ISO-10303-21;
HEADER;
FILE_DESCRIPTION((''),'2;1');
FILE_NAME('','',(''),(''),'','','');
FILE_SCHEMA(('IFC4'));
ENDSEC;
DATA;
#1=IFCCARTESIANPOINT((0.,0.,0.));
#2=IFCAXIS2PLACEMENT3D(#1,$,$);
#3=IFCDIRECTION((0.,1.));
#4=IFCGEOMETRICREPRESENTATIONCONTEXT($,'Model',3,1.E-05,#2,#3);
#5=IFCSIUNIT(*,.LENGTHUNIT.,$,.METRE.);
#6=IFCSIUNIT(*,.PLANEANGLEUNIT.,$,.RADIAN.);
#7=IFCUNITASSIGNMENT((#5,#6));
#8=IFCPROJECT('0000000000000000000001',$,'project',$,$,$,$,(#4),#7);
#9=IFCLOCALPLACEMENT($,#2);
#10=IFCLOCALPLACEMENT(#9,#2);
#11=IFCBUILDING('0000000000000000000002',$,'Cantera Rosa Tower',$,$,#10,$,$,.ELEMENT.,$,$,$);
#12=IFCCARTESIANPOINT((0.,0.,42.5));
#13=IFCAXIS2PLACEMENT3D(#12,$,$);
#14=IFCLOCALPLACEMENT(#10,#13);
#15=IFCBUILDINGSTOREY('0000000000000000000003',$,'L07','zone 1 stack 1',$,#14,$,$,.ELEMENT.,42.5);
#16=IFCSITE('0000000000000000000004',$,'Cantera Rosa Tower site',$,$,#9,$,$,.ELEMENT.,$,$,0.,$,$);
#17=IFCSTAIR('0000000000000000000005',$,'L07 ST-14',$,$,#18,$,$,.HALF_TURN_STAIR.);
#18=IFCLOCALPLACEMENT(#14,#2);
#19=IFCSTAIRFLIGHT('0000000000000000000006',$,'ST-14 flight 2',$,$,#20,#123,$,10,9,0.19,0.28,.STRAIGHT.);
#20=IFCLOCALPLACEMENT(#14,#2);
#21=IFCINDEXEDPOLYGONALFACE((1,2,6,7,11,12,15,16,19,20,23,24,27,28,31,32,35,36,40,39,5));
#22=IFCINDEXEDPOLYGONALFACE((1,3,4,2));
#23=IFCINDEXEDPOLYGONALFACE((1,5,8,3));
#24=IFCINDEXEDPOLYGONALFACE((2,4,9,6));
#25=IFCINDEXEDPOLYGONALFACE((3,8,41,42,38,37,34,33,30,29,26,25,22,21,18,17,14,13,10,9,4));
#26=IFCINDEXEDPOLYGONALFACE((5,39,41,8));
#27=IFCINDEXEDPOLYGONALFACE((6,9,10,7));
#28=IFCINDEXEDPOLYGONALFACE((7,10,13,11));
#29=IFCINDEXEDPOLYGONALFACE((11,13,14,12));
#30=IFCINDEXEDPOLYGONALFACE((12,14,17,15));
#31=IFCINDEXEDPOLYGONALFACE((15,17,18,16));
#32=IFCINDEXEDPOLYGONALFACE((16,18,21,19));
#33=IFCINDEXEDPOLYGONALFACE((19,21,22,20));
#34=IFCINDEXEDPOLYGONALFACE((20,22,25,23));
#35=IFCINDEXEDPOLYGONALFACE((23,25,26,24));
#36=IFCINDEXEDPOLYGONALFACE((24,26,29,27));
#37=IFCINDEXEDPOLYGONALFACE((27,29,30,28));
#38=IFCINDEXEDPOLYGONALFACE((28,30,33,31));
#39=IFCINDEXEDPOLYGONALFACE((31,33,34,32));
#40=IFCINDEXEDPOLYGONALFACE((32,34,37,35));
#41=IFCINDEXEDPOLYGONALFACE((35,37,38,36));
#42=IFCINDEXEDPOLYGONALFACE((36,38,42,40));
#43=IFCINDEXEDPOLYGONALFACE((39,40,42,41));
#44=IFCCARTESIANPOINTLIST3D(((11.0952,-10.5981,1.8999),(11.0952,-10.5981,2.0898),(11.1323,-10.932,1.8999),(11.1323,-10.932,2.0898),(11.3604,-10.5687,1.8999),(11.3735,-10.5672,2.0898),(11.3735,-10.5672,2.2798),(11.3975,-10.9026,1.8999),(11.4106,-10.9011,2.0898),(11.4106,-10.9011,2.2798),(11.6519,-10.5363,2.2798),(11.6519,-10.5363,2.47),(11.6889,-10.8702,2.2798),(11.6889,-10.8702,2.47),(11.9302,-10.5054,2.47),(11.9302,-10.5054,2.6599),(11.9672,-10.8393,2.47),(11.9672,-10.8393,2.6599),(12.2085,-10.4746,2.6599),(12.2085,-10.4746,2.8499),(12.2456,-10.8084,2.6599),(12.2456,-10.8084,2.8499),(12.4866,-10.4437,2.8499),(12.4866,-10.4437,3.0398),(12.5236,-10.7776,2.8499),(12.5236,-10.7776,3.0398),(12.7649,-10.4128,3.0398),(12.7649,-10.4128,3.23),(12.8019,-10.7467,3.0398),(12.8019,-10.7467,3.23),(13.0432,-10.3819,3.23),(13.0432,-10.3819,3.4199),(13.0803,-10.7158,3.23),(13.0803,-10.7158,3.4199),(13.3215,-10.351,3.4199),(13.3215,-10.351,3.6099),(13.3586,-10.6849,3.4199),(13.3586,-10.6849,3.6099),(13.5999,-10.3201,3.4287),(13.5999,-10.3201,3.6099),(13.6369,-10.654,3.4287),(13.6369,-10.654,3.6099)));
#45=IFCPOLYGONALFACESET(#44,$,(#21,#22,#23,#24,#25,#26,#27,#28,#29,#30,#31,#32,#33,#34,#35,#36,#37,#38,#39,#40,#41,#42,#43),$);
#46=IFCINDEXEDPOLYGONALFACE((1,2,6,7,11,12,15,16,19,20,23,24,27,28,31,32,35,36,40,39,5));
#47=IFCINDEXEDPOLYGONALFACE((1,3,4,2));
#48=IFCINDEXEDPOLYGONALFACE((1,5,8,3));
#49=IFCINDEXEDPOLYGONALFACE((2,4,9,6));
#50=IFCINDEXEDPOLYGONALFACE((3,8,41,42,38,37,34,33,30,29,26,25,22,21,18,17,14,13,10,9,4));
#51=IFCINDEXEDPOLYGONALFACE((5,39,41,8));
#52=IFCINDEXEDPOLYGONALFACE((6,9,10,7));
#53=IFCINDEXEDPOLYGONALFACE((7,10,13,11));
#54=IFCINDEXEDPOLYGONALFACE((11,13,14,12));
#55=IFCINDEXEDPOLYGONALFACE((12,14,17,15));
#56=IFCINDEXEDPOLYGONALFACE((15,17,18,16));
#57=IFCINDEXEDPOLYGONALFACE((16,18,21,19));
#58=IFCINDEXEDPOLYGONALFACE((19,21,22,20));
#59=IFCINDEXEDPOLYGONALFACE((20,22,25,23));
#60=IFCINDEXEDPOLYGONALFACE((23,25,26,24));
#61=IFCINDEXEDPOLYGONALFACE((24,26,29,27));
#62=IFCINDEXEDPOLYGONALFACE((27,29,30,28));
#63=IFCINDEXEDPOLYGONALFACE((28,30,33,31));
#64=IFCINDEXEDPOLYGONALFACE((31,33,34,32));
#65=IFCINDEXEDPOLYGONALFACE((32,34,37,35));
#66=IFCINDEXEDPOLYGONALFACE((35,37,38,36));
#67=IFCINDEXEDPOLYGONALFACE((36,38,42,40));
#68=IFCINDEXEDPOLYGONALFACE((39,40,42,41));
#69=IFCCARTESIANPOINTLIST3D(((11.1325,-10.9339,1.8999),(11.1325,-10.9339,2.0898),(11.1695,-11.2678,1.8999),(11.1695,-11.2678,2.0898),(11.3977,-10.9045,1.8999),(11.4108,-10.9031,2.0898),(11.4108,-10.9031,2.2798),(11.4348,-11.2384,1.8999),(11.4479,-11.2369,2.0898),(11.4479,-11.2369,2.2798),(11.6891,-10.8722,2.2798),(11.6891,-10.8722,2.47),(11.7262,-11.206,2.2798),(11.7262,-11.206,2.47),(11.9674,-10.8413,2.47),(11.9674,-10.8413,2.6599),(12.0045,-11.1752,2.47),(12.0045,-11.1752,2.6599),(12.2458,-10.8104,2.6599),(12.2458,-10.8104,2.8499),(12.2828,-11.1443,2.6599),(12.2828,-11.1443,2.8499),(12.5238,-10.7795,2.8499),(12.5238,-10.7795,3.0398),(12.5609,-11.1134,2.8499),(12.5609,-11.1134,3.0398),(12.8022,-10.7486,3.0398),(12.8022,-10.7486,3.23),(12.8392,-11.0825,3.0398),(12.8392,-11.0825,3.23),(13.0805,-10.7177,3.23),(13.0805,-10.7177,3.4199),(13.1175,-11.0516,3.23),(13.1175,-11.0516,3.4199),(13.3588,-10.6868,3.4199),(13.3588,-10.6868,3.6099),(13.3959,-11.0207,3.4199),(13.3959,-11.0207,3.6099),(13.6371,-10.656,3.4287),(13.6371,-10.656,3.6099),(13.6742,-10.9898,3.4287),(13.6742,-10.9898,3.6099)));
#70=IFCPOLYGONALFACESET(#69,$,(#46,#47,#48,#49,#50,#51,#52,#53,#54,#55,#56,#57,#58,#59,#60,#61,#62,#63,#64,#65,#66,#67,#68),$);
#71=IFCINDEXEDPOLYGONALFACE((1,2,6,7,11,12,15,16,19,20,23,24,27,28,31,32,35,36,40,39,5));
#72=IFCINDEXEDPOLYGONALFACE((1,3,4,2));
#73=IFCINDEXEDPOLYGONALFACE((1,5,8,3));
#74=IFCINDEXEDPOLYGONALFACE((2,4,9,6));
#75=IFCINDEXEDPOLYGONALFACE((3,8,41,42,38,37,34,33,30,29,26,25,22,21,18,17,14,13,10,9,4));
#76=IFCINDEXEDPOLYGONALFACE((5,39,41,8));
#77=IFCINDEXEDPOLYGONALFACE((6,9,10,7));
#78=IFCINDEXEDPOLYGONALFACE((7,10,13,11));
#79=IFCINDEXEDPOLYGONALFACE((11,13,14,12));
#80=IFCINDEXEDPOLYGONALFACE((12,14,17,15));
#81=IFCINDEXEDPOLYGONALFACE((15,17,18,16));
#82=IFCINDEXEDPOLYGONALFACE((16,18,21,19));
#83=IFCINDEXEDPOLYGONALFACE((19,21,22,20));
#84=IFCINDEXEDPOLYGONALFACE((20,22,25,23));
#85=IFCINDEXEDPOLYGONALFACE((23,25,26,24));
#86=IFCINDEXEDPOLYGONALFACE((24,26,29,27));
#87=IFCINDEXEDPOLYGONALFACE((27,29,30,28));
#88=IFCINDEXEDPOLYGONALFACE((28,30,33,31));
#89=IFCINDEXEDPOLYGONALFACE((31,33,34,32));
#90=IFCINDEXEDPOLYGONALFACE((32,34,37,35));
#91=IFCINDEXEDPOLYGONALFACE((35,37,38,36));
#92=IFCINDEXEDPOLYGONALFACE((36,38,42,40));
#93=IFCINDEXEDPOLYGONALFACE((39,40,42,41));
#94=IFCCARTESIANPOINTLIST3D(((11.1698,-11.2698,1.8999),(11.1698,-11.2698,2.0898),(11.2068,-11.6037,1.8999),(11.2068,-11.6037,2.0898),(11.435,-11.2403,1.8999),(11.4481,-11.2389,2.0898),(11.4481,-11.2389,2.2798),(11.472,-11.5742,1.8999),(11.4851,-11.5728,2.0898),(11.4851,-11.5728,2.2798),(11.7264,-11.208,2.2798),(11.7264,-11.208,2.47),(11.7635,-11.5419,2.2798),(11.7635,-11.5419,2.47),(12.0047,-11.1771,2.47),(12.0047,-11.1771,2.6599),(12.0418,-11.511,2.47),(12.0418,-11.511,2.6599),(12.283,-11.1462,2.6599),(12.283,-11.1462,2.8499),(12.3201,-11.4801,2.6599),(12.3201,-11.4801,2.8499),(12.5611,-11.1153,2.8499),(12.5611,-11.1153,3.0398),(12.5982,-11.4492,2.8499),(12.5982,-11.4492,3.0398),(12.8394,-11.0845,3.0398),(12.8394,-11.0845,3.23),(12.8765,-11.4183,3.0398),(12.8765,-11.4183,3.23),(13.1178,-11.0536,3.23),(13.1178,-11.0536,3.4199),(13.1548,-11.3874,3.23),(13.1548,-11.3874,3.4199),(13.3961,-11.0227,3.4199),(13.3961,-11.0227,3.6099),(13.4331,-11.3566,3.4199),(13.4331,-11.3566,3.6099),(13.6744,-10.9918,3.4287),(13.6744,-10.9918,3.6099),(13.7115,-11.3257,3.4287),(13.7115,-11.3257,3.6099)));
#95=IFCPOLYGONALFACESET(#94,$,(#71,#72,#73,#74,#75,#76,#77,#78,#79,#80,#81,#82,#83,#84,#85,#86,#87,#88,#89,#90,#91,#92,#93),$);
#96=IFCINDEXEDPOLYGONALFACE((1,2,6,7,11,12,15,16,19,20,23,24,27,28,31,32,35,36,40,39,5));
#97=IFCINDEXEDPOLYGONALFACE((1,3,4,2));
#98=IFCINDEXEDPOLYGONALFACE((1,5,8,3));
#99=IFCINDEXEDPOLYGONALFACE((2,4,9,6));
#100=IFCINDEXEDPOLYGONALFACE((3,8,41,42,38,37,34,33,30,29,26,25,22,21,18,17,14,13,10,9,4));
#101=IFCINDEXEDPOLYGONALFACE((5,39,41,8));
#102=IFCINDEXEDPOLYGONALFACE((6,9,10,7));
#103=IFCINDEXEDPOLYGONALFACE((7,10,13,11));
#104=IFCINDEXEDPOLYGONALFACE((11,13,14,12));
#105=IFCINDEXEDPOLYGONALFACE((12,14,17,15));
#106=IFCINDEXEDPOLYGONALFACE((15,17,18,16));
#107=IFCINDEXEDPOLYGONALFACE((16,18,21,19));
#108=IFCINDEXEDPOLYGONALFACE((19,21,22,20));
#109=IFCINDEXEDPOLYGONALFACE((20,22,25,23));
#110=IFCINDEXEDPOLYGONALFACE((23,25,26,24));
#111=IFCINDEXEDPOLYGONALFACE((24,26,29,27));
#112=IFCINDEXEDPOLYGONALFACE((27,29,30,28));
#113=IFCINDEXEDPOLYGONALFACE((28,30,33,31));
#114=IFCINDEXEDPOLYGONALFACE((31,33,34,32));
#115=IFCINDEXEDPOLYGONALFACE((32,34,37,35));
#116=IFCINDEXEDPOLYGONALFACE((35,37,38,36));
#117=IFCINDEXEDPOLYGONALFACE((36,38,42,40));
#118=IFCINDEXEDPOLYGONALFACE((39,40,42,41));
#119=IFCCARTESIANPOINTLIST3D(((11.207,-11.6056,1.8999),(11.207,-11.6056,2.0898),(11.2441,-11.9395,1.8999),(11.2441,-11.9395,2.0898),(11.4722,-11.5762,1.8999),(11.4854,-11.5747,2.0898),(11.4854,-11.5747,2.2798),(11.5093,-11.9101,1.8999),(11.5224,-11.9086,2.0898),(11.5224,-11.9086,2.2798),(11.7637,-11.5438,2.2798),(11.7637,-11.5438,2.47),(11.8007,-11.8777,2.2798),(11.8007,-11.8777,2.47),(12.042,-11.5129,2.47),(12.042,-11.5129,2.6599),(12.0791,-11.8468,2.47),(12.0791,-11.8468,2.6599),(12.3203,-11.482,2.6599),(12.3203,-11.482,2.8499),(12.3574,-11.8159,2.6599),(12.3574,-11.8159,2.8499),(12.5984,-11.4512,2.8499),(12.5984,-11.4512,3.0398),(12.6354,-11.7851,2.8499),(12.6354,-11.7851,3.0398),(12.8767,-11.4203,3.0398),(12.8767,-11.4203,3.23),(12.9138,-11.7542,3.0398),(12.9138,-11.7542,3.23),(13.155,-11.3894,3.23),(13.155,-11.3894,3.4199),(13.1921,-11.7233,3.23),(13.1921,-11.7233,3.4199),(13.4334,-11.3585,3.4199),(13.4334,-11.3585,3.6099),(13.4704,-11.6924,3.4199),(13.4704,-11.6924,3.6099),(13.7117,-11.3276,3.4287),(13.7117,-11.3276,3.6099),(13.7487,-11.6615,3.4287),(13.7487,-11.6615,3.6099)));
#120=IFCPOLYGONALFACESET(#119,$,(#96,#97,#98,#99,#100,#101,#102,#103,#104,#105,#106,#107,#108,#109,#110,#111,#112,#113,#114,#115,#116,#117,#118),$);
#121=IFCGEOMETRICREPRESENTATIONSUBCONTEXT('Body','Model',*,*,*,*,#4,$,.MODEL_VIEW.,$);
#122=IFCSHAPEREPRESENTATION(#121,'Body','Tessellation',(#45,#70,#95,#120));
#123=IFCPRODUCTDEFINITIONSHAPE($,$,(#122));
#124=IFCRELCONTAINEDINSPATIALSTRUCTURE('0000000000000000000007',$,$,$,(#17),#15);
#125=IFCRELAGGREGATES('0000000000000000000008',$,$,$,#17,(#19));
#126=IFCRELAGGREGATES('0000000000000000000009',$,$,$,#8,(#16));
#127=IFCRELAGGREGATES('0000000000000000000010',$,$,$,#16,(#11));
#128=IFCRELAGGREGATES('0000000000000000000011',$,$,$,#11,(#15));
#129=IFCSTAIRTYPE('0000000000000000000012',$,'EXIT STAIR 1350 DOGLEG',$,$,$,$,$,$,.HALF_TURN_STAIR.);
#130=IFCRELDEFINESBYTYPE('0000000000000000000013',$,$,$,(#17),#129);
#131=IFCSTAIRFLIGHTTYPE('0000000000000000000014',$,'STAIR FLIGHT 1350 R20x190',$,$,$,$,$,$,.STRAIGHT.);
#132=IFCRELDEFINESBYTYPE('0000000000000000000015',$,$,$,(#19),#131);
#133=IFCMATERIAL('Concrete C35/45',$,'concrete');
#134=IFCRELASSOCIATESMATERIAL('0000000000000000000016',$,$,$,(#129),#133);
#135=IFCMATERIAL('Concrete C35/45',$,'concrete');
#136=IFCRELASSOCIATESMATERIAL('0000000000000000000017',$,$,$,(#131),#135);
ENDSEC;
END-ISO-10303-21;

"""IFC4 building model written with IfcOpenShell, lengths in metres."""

from ifc_helpers import new_model, si_unit, direction, frame, origin, place, context, subcontext, project, spatial, polyline, outline, extrude, material, type_object, element, aggregate, save


model = new_model("IFC4")

# Units and contexts
model_context = context("Model", 3, precision=1e-05, world=origin(), true_north=direction((0.0, 1.0)))
body_context = subcontext(model_context, "Body", "Model", "MODEL_VIEW")
ifc_project = project(units=[si_unit("LENGTHUNIT", "METRE"), si_unit("PLANEANGLEUNIT", "RADIAN")], contexts=[model_context])

# Site, building, storey
site_placement = place(None, origin())
site = spatial("IfcSite", under=ifc_project, at=site_placement, Name="Cantera Rosa Tower site", CompositionType="ELEMENT", RefElevation=0.0)
building_placement = place(site_placement, origin())
building = spatial("IfcBuilding", under=site, at=building_placement, Name="Cantera Rosa Tower", CompositionType="ELEMENT")
storey_placement = place(building_placement, frame((0.0, 0.0, 42.5)))
storey = spatial("IfcBuildingStorey", under=building, at=storey_placement, Name="L07", Description="zone 1 stack 1", CompositionType="ELEMENT", Elevation=42.5)

# Stair, stair flight
ifc_material_1 = material(Name="Concrete C35/45", Category="concrete")
stair_type = type_object("IfcStairType", Name="EXIT STAIR 1350 DOGLEG", PredefinedType="HALF_TURN_STAIR", material=ifc_material_1)
stair_placement = place(storey_placement, origin())
stair = element("IfcStair", 1, at=stair_placement, inside=storey, type_object=stair_type, Name="L07 ST-14", PredefinedType="HALF_TURN_STAIR")
ifc_material_2 = material(Name="Concrete C35/45", Category="concrete")
stair_flight_type = type_object("IfcStairFlightType", Name="STAIR FLIGHT 1350 R20x190", PredefinedType="STRAIGHT", material=ifc_material_2)
stair_flight_placement = place(storey_placement, frame((11.1697, -11.269, 1.8999), z_axis=(0.0, 0.0, 1.0), x_axis=(0.993897, 0.110313, 0.0)))
stair_flight = element("IfcStairFlight", 2, at=stair_flight_placement, type_object=stair_flight_type, Name="ST-14 flight 2", NumberOfRisers=10, NumberOfTreads=9, PredefinedType="STRAIGHT", RiserHeight=0.19, TreadLength=0.28, context=body_context, shape_type="SweptSolid", body=[
    extrude(outline(polyline([(0.0, 0.0), (0.0, 0.1899), (0.28, 0.1899), (0.28, 0.3799), (0.5601, 0.3799), (0.5601, 0.5701), (0.8401, 0.5701), (0.8401, 0.76), (1.1201, 0.76), (1.1201, 0.95), (1.3999, 0.95), (1.3999, 1.1399), (1.6799, 1.1399), (1.6799, 1.3301), (1.96, 1.3301), (1.96, 1.52), (2.24, 1.52), (2.24, 1.71), (2.52, 1.71), (2.52, 1.8999), (2.52, 1.5288), (0.2668, 0.0), (0.0, 0.0)])), frame((0.0, 0.675, 0.0), z_axis=(0.0, -1.0, 0.0), x_axis=(1.0, 0.0, 0.0)), (0.0, 0.0, 1.0), 0.3359),
    extrude(outline(polyline([(0.0, 0.0), (0.0, 0.1899), (0.28, 0.1899), (0.28, 0.3799), (0.5601, 0.3799), (0.5601, 0.5701), (0.8401, 0.5701), (0.8401, 0.76), (1.1201, 0.76), (1.1201, 0.95), (1.3999, 0.95), (1.3999, 1.1399), (1.6799, 1.1399), (1.6799, 1.3301), (1.96, 1.3301), (1.96, 1.52), (2.24, 1.52), (2.24, 1.71), (2.52, 1.71), (2.52, 1.8999), (2.52, 1.5288), (0.2668, 0.0), (0.0, 0.0)])), frame((0.0, 0.3372, 0.0), z_axis=(0.0, -1.0, 0.0), x_axis=(1.0, 0.0, 0.0)), (0.0, 0.0, 1.0), 0.3359),
    extrude(outline(polyline([(0.0, 0.0), (0.0, 0.1899), (0.28, 0.1899), (0.28, 0.3799), (0.5601, 0.3799), (0.5601, 0.5701), (0.8401, 0.5701), (0.8401, 0.76), (1.1201, 0.76), (1.1201, 0.95), (1.3999, 0.95), (1.3999, 1.1399), (1.6799, 1.1399), (1.6799, 1.3301), (1.96, 1.3301), (1.96, 1.52), (2.24, 1.52), (2.24, 1.71), (2.52, 1.71), (2.52, 1.8999), (2.52, 1.5288), (0.2668, 0.0), (0.0, 0.0)])), frame((0.0, -0.0007, 0.0), z_axis=(0.0, -1.0, 0.0), x_axis=(1.0, 0.0, 0.0)), (0.0, 0.0, 1.0), 0.3359),
    extrude(outline(polyline([(0.0, 0.0), (0.0, 0.1899), (0.28, 0.1899), (0.28, 0.3799), (0.5601, 0.3799), (0.5601, 0.5701), (0.8401, 0.5701), (0.8401, 0.76), (1.1201, 0.76), (1.1201, 0.95), (1.3999, 0.95), (1.3999, 1.1399), (1.6799, 1.1399), (1.6799, 1.3301), (1.96, 1.3301), (1.96, 1.52), (2.24, 1.52), (2.24, 1.71), (2.52, 1.71), (2.52, 1.8999), (2.52, 1.5288), (0.2668, 0.0), (0.0, 0.0)])), frame((0.0, -0.3386, 0.0), z_axis=(0.0, -1.0, 0.0), x_axis=(1.0, 0.0, 0.0)), (0.0, 0.0, 1.0), 0.3359),
])
aggregate(stair, [stair_flight])

save(model, "model.ifc")
